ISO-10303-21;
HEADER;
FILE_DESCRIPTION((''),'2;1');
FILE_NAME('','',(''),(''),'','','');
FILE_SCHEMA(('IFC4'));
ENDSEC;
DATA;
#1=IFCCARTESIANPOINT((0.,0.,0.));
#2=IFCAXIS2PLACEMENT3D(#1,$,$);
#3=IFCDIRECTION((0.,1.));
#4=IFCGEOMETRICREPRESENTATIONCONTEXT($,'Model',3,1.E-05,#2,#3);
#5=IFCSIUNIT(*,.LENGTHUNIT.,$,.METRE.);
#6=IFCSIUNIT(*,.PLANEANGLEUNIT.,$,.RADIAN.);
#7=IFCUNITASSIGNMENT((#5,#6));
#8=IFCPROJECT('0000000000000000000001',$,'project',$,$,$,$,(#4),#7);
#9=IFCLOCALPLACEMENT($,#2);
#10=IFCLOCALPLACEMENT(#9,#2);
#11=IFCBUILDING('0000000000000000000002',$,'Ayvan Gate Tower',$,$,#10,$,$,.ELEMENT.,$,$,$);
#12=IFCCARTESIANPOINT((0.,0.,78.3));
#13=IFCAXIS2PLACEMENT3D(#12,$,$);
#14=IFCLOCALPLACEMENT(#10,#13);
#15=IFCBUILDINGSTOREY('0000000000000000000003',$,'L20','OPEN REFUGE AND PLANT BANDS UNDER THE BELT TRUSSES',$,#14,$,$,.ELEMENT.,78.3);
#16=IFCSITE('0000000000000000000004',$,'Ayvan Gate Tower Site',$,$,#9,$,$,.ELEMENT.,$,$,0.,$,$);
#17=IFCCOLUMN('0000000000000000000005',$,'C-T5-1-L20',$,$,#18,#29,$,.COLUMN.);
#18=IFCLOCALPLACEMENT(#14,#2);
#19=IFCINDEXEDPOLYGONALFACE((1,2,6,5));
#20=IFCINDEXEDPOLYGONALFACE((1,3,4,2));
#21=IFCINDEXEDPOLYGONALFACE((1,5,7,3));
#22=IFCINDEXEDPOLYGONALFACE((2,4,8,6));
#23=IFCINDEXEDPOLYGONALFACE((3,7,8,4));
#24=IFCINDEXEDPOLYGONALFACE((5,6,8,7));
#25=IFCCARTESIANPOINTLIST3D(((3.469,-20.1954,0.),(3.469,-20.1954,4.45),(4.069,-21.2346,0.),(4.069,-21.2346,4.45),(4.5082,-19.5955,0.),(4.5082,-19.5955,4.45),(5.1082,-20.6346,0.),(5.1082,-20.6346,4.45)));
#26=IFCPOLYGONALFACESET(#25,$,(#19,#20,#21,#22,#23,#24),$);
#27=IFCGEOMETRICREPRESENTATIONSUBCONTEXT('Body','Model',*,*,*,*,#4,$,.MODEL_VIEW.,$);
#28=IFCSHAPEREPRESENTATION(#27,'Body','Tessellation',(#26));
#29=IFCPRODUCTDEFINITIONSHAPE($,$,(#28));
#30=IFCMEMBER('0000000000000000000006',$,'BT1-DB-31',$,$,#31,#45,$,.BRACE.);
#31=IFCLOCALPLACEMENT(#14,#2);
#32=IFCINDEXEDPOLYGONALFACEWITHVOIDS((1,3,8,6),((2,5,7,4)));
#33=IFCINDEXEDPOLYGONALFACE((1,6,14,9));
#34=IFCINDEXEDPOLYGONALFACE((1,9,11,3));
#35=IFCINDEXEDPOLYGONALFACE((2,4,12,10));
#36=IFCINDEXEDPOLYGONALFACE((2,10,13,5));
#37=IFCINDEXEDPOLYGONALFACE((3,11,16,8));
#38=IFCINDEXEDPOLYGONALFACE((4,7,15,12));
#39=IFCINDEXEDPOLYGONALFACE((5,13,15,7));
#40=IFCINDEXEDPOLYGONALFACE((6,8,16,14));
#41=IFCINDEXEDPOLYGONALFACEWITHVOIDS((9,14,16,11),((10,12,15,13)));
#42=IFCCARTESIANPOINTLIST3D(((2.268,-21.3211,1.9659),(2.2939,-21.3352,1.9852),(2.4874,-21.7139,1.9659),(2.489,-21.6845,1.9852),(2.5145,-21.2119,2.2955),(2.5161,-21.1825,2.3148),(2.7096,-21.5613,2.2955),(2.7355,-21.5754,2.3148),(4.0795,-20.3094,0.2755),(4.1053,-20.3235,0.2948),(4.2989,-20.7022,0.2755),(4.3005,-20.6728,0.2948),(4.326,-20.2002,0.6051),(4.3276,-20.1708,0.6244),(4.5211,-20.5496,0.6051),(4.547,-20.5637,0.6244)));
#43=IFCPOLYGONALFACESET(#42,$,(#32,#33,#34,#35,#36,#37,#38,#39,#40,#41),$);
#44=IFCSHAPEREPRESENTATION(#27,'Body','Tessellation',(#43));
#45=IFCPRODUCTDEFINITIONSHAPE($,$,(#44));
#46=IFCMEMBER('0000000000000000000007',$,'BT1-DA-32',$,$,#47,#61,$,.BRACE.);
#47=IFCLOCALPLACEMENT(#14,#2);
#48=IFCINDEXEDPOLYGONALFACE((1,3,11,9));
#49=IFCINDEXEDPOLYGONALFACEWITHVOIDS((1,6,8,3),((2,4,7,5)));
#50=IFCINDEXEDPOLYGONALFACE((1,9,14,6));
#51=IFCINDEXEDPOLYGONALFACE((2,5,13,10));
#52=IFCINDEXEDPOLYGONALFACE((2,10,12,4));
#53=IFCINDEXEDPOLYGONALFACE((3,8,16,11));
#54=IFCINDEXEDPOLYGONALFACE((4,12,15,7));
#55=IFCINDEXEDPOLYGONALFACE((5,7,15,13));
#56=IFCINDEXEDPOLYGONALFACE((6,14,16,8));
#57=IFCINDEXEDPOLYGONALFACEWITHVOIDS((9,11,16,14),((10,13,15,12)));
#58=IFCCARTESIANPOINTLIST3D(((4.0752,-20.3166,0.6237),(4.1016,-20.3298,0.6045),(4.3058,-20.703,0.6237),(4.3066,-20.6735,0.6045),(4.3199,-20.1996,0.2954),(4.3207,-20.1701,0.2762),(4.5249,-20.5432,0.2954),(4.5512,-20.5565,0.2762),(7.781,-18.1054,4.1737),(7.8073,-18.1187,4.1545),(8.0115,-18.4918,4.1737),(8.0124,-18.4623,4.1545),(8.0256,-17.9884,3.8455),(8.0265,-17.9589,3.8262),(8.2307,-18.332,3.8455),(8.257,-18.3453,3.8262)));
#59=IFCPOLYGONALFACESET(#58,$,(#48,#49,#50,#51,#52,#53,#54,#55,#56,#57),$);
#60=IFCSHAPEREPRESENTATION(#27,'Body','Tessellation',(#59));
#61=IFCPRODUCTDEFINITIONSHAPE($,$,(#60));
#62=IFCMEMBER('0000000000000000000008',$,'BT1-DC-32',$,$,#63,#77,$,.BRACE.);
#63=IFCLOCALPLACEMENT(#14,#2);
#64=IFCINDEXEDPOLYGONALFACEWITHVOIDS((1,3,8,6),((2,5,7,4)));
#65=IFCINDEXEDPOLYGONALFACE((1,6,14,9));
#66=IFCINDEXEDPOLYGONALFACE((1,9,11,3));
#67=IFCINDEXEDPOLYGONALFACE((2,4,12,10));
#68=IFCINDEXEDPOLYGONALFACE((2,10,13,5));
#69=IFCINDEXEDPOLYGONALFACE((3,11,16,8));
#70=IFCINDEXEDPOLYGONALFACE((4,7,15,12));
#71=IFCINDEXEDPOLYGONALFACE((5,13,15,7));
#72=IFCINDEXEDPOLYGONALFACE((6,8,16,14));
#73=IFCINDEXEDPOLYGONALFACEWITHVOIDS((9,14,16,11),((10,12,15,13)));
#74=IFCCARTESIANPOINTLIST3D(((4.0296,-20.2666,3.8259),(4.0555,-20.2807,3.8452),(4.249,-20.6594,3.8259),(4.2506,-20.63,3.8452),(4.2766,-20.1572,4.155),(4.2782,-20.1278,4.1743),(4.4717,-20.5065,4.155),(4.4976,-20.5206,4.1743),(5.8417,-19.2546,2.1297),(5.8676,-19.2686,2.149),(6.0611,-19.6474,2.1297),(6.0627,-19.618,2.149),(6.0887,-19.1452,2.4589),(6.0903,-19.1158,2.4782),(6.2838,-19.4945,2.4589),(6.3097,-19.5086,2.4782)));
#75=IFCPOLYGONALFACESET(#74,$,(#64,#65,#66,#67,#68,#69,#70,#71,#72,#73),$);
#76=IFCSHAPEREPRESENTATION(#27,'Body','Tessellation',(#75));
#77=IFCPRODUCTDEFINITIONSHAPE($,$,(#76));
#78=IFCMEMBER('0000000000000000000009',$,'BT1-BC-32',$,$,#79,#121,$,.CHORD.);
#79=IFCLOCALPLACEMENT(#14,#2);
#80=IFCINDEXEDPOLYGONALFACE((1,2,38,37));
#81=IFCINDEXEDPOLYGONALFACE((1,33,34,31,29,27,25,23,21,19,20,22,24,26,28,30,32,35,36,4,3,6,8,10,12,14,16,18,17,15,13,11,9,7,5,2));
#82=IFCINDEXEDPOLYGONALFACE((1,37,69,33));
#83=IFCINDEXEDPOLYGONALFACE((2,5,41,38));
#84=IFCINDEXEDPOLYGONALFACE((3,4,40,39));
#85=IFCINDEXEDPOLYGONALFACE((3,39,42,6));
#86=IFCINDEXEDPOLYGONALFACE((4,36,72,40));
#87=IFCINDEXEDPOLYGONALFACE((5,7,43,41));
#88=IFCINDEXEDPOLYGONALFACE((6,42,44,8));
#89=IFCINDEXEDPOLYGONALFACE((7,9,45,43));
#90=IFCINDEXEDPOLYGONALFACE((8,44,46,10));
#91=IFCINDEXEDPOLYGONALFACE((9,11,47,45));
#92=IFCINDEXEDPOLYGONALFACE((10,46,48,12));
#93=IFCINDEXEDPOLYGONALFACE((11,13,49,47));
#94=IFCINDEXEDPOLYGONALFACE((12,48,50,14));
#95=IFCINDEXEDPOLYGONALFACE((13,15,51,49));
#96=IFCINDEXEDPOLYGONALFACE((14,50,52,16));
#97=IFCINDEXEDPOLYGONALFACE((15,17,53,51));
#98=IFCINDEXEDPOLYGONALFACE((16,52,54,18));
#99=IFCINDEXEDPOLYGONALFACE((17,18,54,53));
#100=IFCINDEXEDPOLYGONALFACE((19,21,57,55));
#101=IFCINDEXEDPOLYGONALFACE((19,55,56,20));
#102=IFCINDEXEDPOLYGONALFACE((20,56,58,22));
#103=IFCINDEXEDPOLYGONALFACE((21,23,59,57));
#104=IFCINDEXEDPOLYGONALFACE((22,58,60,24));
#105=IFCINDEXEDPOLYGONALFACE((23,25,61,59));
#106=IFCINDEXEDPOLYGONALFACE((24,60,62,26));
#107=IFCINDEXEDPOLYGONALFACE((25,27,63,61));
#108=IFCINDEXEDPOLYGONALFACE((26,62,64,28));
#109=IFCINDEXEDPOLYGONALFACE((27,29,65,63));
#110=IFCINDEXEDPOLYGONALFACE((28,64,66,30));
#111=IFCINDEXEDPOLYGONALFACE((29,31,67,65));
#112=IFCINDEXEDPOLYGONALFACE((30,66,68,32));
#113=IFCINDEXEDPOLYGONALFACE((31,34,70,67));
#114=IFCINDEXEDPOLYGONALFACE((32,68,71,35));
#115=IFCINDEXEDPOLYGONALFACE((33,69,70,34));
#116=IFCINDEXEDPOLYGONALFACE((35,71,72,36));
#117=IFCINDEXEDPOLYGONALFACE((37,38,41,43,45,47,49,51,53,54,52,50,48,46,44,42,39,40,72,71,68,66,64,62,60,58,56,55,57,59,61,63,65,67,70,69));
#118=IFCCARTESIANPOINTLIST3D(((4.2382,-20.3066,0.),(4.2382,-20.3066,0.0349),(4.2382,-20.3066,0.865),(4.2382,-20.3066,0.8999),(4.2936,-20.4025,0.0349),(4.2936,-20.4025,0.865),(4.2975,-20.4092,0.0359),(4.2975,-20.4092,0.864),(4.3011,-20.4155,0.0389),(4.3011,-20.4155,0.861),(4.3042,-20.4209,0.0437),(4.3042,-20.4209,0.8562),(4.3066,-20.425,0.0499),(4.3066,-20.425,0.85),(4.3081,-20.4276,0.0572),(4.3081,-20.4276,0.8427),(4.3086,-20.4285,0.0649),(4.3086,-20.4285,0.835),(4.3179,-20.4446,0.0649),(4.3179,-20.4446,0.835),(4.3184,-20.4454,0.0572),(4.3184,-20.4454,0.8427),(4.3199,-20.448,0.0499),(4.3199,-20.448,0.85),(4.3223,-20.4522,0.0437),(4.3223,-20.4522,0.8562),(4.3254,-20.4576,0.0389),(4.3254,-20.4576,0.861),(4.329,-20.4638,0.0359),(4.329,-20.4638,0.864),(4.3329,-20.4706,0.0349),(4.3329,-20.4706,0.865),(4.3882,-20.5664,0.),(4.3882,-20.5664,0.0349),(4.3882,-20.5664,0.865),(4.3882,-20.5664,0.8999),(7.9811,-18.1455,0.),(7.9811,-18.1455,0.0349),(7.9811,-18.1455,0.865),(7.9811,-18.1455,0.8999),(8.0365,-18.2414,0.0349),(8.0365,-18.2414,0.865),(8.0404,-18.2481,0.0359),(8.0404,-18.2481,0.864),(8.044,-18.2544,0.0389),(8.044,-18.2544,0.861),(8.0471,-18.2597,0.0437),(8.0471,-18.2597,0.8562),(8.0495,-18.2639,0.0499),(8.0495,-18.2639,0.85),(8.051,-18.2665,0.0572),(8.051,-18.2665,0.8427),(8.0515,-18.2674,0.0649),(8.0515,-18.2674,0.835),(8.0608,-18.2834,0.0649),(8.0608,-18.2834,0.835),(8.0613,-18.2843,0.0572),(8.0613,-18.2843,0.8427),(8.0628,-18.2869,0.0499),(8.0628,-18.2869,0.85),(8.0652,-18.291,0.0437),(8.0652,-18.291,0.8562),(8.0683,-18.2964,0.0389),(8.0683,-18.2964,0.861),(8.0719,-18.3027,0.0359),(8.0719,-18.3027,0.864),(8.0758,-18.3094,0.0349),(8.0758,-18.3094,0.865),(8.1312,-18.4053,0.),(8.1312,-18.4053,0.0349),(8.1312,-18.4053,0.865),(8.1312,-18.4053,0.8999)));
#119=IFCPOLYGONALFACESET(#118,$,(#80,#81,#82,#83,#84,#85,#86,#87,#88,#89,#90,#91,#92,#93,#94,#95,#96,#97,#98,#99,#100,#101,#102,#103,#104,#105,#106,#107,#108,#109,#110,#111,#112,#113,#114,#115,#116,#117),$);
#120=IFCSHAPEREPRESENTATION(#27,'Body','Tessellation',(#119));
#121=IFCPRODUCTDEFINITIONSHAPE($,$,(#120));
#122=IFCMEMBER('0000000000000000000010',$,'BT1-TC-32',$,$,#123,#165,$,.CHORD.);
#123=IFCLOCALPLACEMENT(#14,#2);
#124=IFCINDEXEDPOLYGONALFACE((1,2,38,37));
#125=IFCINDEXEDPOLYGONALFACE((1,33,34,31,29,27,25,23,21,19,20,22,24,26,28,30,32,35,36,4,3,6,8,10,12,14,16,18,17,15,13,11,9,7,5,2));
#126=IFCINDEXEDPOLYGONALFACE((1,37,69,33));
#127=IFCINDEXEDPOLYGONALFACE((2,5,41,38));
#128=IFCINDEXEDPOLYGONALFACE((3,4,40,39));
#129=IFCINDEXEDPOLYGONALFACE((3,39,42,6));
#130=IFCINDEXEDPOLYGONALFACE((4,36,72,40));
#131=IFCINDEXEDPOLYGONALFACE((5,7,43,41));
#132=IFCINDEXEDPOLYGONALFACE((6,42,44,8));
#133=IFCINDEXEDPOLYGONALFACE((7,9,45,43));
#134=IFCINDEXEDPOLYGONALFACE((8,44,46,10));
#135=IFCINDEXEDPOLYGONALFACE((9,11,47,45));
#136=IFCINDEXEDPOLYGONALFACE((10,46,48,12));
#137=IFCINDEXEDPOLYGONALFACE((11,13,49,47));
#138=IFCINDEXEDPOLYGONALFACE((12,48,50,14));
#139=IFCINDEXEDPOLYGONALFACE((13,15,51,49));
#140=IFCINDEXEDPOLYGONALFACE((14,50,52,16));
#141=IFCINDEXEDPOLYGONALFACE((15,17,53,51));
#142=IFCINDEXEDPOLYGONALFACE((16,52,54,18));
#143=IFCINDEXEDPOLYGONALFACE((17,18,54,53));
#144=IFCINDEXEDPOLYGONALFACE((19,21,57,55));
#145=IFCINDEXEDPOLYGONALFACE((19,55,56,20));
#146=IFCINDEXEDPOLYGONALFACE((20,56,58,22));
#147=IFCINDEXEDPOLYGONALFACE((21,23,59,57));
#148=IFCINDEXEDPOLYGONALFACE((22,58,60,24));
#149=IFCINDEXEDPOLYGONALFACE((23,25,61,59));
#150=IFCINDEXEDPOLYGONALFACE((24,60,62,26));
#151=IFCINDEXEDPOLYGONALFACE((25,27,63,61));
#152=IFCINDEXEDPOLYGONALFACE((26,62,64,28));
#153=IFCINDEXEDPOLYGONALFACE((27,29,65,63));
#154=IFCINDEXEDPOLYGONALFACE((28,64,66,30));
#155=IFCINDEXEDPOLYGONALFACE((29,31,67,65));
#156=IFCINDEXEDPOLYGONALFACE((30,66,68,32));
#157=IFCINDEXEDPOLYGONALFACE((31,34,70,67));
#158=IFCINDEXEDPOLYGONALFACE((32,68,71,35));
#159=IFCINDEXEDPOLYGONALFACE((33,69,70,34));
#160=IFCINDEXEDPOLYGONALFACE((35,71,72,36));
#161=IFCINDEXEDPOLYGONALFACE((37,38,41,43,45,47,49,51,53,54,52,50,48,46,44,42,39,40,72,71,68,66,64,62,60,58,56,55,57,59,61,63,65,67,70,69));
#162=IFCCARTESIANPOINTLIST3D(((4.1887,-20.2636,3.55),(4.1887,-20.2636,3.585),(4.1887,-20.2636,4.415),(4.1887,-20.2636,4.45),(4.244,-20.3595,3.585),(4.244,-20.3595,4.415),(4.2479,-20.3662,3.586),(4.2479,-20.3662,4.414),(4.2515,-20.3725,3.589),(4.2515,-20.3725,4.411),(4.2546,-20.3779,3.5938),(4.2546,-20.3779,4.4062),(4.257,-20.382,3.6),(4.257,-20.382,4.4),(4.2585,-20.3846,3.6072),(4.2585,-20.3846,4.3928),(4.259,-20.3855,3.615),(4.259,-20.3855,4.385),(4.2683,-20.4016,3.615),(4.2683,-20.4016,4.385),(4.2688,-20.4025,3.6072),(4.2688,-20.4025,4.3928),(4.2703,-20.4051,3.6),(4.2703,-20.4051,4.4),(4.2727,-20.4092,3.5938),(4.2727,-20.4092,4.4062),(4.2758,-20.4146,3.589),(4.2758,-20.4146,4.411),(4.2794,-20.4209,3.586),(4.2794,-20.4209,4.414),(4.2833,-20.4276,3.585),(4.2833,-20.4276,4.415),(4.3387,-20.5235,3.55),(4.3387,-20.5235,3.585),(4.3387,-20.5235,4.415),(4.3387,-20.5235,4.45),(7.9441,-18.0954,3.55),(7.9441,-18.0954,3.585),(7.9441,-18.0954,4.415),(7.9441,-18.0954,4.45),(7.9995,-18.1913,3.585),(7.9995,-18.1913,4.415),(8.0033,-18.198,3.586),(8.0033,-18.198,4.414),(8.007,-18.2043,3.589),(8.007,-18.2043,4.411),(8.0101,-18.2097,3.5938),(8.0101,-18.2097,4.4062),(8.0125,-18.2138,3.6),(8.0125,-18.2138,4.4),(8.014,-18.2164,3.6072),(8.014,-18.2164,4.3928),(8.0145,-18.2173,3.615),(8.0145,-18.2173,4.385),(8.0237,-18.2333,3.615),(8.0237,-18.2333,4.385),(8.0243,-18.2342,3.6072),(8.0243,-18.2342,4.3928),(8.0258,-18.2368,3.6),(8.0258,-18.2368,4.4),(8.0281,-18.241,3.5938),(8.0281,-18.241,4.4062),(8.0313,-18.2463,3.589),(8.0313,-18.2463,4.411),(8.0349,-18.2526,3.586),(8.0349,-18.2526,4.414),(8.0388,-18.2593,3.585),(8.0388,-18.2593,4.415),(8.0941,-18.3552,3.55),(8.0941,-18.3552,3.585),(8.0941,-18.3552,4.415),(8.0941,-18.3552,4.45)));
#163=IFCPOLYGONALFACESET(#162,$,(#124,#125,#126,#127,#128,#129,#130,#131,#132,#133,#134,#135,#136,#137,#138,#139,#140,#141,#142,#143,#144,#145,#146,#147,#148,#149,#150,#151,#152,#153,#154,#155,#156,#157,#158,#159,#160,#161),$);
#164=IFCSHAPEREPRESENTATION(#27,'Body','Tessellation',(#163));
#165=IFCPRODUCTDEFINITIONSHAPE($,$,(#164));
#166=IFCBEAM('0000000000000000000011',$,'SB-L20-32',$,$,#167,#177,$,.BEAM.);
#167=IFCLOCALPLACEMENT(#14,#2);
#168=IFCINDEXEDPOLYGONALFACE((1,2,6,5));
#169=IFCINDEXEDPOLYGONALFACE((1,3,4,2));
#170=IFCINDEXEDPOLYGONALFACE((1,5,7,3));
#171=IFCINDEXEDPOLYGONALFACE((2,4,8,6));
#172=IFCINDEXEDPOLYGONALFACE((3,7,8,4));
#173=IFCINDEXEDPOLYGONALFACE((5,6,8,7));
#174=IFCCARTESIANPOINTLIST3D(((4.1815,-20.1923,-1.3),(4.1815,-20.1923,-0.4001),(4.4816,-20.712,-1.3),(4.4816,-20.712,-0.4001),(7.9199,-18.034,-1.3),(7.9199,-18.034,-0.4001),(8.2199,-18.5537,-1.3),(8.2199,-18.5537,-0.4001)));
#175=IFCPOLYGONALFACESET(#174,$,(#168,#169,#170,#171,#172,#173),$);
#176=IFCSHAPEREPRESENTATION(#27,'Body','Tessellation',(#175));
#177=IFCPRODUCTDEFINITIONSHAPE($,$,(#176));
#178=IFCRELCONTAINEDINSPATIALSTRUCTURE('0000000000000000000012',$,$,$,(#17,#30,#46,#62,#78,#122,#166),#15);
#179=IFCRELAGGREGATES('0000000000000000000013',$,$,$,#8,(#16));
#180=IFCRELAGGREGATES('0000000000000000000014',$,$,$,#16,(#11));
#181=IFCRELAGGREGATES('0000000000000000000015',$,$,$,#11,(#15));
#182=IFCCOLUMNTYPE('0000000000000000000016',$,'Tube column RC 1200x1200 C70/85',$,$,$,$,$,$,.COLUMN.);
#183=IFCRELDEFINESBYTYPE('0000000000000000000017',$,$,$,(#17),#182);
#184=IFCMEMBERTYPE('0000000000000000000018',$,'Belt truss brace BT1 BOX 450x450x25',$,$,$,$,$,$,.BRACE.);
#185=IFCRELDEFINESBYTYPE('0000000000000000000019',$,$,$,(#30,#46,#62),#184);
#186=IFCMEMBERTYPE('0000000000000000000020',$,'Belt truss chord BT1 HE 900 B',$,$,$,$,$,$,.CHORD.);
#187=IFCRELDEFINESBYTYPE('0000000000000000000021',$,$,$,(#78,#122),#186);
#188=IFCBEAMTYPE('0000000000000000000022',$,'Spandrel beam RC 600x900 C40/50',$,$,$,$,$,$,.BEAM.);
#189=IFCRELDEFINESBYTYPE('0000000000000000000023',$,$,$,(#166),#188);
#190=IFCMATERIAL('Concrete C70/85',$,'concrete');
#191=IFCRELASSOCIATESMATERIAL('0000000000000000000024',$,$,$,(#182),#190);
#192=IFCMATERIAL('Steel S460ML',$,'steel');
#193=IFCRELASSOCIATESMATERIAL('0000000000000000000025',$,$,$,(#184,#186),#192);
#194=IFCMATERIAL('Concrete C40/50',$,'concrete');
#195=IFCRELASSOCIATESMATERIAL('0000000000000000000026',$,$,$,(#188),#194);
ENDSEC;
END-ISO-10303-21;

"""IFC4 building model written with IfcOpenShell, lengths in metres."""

from ifc_helpers import new_model, si_unit, direction, frame, origin, origin_2d, place, context, subcontext, project, spatial, rectangle, hollow_rectangle, i_section, extrude, material, material_profile, profile_set, type_object, element, save


model = new_model("IFC4")

# Units and contexts
model_context = context("Model", 3, precision=1e-05, world=origin(), true_north=direction((0.0, 1.0)))
body_context = subcontext(model_context, "Body", "Model", "MODEL_VIEW")
ifc_project = project(units=[si_unit("LENGTHUNIT", "METRE"), si_unit("PLANEANGLEUNIT", "RADIAN")], contexts=[model_context])

# Site, building, storey
site_placement = place(None, origin())
site = spatial("IfcSite", under=ifc_project, at=site_placement, Name="Ayvan Gate Tower Site", CompositionType="ELEMENT", RefElevation=0.0)
building_placement = place(site_placement, origin())
building = spatial("IfcBuilding", under=site, at=building_placement, Name="Ayvan Gate Tower", CompositionType="ELEMENT")
storey_placement = place(building_placement, frame((0.0, 0.0, 78.3)))
storey = spatial("IfcBuildingStorey", under=building, at=storey_placement, Name="L20", Description="OPEN REFUGE AND PLANT BANDS UNDER THE BELT TRUSSES", CompositionType="ELEMENT", Elevation=78.3)

# Column
ifc_material_1 = material(Name="Concrete C70/85", Category="concrete")
ifc_material_profile_1 = material_profile(ifc_material_1, rectangle(XDim=1.2, YDim=1.2, at=origin_2d()), Name="RC 1200x1200")
ifc_profile_set_1 = profile_set([ifc_material_profile_1], Name="Concrete C70/85")
column_type = type_object("IfcColumnType", Name="Tube column RC 1200x1200 C70/85", PredefinedType="COLUMN", material=ifc_profile_set_1)
column_placement = place(storey_placement, frame((4.2886, -20.415, 0.0), z_axis=(0.0, 0.0, 1.0), x_axis=(0.5, -0.866025, 0.0)))
element("IfcColumn", 1, at=column_placement, inside=storey, type_object=column_type, Name="C-T5-1-L20", PredefinedType="COLUMN", context=body_context, shape_type="SweptSolid", body=[
    extrude(rectangle(XDim=1.2, YDim=1.2, at=origin_2d()), origin(), (0.0, 0.0, 1.0), 4.45),
])

# Members
ifc_material_2 = material(Name="Steel S460ML", Category="steel")
ifc_material_profile_2 = material_profile(ifc_material_2, hollow_rectangle(XDim=0.45, YDim=0.45, WallThickness=0.0249, at=origin_2d()), Name="BOX 450x450x25")
ifc_profile_set_2 = profile_set([ifc_material_profile_2], Name="Steel S460ML")
member_type_1 = type_object("IfcMemberType", Name="Belt truss brace BT1 BOX 450x450x25", PredefinedType="BRACE", material=ifc_profile_set_2)
member_1_placement = place(storey_placement, frame((4.3132, -20.4365, 0.45), z_axis=(-0.676868, -0.378025, 0.631622), x_axis=(0.4876, -0.873067, 0.0)))
element("IfcMember", 2, at=member_1_placement, inside=storey, type_object=member_type_1, Name="BT1-DB-31", PredefinedType="BRACE", context=body_context, shape_type="SweptSolid", body=[
    extrude(hollow_rectangle(XDim=0.45, YDim=0.45, WallThickness=0.0249, at=origin_2d()), origin(), (0.0, 0.0, 1.0), 2.6763),
])
member_2_placement = place(storey_placement, frame((4.3132, -20.4365, 0.45), z_axis=(0.663179, 0.395705, 0.635304), x_axis=(-0.512398, 0.858748, 0.0)))
element("IfcMember", 3, at=member_2_placement, inside=storey, type_object=member_type_1, Name="BT1-DA-32", PredefinedType="BRACE", context=body_context, shape_type="SweptSolid", body=[
    extrude(hollow_rectangle(XDim=0.45, YDim=0.45, WallThickness=0.0249, at=origin_2d()), origin(), (0.0, 0.0, 1.0), 5.5879),
])
member_3_placement = place(storey_placement, frame((6.0757, -19.3816, 2.304), z_axis=(-0.676047, -0.377555, 0.632781), x_axis=(0.487589, -0.873073, 0.0)))
element("IfcMember", 4, at=member_3_placement, inside=storey, type_object=member_type_1, Name="BT1-DC-32", PredefinedType="BRACE", context=body_context, shape_type="SweptSolid", body=[
    extrude(hollow_rectangle(XDim=0.45, YDim=0.45, WallThickness=0.0249, at=origin_2d()), origin(), (0.0, 0.0, 1.0), 2.6804),
])
ifc_material_profile_3 = material_profile(ifc_material_2, i_section(OverallWidth=0.3, OverallDepth=0.8999, WebThickness=0.0186, FlangeThickness=0.0349, FilletRadius=0.03, at=origin_2d()), Name="HE 900 B")
ifc_profile_set_3 = profile_set([ifc_material_profile_3], Name="Steel S460ML")
member_type_2 = type_object("IfcMemberType", Name="Belt truss chord BT1 HE 900 B", PredefinedType="CHORD", material=ifc_profile_set_3)
member_4_placement = place(storey_placement, frame((4.3132, -20.4365, 0.45), z_axis=(0.86601, 0.500027, 0.0), x_axis=(-0.500027, 0.86601, 0.0)))
element("IfcMember", 5, at=member_4_placement, inside=storey, type_object=member_type_2, Name="BT1-BC-32", PredefinedType="CHORD", context=body_context, shape_type="SweptSolid", body=[
    extrude(i_section(OverallWidth=0.3, OverallDepth=0.8999, WebThickness=0.0186, FlangeThickness=0.0349, FilletRadius=0.03, at=origin_2d()), origin(), (0.0, 0.0, 1.0), 4.322),
])
member_5_placement = place(storey_placement, frame((4.2637, -20.3936, 4.0), z_axis=(0.866021, 0.500008, 0.0), x_axis=(-0.500008, 0.866021, 0.0)))
element("IfcMember", 6, at=member_5_placement, inside=storey, type_object=member_type_2, Name="BT1-TC-32", PredefinedType="CHORD", context=body_context, shape_type="SweptSolid", body=[
    extrude(i_section(OverallWidth=0.3, OverallDepth=0.8999, WebThickness=0.0186, FlangeThickness=0.0349, FilletRadius=0.03, at=origin_2d()), origin(), (0.0, 0.0, 1.0), 4.3364),
])

# Beam
ifc_material_3 = material(Name="Concrete C40/50", Category="concrete")
ifc_material_profile_4 = material_profile(ifc_material_3, rectangle(XDim=0.6001, YDim=0.8999, at=origin_2d()), Name="RC 600x900")
ifc_profile_set_4 = profile_set([ifc_material_profile_4], Name="Concrete C40/50")
beam_type_1 = type_object("IfcBeamType", Name="Spandrel beam RC 600x900 C40/50", PredefinedType="BEAM", material=ifc_profile_set_4)
beam_1_placement = place(storey_placement, frame((4.3315, -20.4521, -0.8501), z_axis=(0.866035, 0.499984, 0.0), x_axis=(-0.499984, 0.866035, 0.0)))
element("IfcBeam", 7, at=beam_1_placement, inside=storey, type_object=beam_type_1, Name="SB-L20-32", PredefinedType="BEAM", context=body_context, shape_type="SweptSolid", body=[
    extrude(rectangle(XDim=0.6001, YDim=0.8999, at=origin_2d()), origin(), (0.0, 0.0, 1.0), 4.3167),
])

save(model, "model.ifc")
